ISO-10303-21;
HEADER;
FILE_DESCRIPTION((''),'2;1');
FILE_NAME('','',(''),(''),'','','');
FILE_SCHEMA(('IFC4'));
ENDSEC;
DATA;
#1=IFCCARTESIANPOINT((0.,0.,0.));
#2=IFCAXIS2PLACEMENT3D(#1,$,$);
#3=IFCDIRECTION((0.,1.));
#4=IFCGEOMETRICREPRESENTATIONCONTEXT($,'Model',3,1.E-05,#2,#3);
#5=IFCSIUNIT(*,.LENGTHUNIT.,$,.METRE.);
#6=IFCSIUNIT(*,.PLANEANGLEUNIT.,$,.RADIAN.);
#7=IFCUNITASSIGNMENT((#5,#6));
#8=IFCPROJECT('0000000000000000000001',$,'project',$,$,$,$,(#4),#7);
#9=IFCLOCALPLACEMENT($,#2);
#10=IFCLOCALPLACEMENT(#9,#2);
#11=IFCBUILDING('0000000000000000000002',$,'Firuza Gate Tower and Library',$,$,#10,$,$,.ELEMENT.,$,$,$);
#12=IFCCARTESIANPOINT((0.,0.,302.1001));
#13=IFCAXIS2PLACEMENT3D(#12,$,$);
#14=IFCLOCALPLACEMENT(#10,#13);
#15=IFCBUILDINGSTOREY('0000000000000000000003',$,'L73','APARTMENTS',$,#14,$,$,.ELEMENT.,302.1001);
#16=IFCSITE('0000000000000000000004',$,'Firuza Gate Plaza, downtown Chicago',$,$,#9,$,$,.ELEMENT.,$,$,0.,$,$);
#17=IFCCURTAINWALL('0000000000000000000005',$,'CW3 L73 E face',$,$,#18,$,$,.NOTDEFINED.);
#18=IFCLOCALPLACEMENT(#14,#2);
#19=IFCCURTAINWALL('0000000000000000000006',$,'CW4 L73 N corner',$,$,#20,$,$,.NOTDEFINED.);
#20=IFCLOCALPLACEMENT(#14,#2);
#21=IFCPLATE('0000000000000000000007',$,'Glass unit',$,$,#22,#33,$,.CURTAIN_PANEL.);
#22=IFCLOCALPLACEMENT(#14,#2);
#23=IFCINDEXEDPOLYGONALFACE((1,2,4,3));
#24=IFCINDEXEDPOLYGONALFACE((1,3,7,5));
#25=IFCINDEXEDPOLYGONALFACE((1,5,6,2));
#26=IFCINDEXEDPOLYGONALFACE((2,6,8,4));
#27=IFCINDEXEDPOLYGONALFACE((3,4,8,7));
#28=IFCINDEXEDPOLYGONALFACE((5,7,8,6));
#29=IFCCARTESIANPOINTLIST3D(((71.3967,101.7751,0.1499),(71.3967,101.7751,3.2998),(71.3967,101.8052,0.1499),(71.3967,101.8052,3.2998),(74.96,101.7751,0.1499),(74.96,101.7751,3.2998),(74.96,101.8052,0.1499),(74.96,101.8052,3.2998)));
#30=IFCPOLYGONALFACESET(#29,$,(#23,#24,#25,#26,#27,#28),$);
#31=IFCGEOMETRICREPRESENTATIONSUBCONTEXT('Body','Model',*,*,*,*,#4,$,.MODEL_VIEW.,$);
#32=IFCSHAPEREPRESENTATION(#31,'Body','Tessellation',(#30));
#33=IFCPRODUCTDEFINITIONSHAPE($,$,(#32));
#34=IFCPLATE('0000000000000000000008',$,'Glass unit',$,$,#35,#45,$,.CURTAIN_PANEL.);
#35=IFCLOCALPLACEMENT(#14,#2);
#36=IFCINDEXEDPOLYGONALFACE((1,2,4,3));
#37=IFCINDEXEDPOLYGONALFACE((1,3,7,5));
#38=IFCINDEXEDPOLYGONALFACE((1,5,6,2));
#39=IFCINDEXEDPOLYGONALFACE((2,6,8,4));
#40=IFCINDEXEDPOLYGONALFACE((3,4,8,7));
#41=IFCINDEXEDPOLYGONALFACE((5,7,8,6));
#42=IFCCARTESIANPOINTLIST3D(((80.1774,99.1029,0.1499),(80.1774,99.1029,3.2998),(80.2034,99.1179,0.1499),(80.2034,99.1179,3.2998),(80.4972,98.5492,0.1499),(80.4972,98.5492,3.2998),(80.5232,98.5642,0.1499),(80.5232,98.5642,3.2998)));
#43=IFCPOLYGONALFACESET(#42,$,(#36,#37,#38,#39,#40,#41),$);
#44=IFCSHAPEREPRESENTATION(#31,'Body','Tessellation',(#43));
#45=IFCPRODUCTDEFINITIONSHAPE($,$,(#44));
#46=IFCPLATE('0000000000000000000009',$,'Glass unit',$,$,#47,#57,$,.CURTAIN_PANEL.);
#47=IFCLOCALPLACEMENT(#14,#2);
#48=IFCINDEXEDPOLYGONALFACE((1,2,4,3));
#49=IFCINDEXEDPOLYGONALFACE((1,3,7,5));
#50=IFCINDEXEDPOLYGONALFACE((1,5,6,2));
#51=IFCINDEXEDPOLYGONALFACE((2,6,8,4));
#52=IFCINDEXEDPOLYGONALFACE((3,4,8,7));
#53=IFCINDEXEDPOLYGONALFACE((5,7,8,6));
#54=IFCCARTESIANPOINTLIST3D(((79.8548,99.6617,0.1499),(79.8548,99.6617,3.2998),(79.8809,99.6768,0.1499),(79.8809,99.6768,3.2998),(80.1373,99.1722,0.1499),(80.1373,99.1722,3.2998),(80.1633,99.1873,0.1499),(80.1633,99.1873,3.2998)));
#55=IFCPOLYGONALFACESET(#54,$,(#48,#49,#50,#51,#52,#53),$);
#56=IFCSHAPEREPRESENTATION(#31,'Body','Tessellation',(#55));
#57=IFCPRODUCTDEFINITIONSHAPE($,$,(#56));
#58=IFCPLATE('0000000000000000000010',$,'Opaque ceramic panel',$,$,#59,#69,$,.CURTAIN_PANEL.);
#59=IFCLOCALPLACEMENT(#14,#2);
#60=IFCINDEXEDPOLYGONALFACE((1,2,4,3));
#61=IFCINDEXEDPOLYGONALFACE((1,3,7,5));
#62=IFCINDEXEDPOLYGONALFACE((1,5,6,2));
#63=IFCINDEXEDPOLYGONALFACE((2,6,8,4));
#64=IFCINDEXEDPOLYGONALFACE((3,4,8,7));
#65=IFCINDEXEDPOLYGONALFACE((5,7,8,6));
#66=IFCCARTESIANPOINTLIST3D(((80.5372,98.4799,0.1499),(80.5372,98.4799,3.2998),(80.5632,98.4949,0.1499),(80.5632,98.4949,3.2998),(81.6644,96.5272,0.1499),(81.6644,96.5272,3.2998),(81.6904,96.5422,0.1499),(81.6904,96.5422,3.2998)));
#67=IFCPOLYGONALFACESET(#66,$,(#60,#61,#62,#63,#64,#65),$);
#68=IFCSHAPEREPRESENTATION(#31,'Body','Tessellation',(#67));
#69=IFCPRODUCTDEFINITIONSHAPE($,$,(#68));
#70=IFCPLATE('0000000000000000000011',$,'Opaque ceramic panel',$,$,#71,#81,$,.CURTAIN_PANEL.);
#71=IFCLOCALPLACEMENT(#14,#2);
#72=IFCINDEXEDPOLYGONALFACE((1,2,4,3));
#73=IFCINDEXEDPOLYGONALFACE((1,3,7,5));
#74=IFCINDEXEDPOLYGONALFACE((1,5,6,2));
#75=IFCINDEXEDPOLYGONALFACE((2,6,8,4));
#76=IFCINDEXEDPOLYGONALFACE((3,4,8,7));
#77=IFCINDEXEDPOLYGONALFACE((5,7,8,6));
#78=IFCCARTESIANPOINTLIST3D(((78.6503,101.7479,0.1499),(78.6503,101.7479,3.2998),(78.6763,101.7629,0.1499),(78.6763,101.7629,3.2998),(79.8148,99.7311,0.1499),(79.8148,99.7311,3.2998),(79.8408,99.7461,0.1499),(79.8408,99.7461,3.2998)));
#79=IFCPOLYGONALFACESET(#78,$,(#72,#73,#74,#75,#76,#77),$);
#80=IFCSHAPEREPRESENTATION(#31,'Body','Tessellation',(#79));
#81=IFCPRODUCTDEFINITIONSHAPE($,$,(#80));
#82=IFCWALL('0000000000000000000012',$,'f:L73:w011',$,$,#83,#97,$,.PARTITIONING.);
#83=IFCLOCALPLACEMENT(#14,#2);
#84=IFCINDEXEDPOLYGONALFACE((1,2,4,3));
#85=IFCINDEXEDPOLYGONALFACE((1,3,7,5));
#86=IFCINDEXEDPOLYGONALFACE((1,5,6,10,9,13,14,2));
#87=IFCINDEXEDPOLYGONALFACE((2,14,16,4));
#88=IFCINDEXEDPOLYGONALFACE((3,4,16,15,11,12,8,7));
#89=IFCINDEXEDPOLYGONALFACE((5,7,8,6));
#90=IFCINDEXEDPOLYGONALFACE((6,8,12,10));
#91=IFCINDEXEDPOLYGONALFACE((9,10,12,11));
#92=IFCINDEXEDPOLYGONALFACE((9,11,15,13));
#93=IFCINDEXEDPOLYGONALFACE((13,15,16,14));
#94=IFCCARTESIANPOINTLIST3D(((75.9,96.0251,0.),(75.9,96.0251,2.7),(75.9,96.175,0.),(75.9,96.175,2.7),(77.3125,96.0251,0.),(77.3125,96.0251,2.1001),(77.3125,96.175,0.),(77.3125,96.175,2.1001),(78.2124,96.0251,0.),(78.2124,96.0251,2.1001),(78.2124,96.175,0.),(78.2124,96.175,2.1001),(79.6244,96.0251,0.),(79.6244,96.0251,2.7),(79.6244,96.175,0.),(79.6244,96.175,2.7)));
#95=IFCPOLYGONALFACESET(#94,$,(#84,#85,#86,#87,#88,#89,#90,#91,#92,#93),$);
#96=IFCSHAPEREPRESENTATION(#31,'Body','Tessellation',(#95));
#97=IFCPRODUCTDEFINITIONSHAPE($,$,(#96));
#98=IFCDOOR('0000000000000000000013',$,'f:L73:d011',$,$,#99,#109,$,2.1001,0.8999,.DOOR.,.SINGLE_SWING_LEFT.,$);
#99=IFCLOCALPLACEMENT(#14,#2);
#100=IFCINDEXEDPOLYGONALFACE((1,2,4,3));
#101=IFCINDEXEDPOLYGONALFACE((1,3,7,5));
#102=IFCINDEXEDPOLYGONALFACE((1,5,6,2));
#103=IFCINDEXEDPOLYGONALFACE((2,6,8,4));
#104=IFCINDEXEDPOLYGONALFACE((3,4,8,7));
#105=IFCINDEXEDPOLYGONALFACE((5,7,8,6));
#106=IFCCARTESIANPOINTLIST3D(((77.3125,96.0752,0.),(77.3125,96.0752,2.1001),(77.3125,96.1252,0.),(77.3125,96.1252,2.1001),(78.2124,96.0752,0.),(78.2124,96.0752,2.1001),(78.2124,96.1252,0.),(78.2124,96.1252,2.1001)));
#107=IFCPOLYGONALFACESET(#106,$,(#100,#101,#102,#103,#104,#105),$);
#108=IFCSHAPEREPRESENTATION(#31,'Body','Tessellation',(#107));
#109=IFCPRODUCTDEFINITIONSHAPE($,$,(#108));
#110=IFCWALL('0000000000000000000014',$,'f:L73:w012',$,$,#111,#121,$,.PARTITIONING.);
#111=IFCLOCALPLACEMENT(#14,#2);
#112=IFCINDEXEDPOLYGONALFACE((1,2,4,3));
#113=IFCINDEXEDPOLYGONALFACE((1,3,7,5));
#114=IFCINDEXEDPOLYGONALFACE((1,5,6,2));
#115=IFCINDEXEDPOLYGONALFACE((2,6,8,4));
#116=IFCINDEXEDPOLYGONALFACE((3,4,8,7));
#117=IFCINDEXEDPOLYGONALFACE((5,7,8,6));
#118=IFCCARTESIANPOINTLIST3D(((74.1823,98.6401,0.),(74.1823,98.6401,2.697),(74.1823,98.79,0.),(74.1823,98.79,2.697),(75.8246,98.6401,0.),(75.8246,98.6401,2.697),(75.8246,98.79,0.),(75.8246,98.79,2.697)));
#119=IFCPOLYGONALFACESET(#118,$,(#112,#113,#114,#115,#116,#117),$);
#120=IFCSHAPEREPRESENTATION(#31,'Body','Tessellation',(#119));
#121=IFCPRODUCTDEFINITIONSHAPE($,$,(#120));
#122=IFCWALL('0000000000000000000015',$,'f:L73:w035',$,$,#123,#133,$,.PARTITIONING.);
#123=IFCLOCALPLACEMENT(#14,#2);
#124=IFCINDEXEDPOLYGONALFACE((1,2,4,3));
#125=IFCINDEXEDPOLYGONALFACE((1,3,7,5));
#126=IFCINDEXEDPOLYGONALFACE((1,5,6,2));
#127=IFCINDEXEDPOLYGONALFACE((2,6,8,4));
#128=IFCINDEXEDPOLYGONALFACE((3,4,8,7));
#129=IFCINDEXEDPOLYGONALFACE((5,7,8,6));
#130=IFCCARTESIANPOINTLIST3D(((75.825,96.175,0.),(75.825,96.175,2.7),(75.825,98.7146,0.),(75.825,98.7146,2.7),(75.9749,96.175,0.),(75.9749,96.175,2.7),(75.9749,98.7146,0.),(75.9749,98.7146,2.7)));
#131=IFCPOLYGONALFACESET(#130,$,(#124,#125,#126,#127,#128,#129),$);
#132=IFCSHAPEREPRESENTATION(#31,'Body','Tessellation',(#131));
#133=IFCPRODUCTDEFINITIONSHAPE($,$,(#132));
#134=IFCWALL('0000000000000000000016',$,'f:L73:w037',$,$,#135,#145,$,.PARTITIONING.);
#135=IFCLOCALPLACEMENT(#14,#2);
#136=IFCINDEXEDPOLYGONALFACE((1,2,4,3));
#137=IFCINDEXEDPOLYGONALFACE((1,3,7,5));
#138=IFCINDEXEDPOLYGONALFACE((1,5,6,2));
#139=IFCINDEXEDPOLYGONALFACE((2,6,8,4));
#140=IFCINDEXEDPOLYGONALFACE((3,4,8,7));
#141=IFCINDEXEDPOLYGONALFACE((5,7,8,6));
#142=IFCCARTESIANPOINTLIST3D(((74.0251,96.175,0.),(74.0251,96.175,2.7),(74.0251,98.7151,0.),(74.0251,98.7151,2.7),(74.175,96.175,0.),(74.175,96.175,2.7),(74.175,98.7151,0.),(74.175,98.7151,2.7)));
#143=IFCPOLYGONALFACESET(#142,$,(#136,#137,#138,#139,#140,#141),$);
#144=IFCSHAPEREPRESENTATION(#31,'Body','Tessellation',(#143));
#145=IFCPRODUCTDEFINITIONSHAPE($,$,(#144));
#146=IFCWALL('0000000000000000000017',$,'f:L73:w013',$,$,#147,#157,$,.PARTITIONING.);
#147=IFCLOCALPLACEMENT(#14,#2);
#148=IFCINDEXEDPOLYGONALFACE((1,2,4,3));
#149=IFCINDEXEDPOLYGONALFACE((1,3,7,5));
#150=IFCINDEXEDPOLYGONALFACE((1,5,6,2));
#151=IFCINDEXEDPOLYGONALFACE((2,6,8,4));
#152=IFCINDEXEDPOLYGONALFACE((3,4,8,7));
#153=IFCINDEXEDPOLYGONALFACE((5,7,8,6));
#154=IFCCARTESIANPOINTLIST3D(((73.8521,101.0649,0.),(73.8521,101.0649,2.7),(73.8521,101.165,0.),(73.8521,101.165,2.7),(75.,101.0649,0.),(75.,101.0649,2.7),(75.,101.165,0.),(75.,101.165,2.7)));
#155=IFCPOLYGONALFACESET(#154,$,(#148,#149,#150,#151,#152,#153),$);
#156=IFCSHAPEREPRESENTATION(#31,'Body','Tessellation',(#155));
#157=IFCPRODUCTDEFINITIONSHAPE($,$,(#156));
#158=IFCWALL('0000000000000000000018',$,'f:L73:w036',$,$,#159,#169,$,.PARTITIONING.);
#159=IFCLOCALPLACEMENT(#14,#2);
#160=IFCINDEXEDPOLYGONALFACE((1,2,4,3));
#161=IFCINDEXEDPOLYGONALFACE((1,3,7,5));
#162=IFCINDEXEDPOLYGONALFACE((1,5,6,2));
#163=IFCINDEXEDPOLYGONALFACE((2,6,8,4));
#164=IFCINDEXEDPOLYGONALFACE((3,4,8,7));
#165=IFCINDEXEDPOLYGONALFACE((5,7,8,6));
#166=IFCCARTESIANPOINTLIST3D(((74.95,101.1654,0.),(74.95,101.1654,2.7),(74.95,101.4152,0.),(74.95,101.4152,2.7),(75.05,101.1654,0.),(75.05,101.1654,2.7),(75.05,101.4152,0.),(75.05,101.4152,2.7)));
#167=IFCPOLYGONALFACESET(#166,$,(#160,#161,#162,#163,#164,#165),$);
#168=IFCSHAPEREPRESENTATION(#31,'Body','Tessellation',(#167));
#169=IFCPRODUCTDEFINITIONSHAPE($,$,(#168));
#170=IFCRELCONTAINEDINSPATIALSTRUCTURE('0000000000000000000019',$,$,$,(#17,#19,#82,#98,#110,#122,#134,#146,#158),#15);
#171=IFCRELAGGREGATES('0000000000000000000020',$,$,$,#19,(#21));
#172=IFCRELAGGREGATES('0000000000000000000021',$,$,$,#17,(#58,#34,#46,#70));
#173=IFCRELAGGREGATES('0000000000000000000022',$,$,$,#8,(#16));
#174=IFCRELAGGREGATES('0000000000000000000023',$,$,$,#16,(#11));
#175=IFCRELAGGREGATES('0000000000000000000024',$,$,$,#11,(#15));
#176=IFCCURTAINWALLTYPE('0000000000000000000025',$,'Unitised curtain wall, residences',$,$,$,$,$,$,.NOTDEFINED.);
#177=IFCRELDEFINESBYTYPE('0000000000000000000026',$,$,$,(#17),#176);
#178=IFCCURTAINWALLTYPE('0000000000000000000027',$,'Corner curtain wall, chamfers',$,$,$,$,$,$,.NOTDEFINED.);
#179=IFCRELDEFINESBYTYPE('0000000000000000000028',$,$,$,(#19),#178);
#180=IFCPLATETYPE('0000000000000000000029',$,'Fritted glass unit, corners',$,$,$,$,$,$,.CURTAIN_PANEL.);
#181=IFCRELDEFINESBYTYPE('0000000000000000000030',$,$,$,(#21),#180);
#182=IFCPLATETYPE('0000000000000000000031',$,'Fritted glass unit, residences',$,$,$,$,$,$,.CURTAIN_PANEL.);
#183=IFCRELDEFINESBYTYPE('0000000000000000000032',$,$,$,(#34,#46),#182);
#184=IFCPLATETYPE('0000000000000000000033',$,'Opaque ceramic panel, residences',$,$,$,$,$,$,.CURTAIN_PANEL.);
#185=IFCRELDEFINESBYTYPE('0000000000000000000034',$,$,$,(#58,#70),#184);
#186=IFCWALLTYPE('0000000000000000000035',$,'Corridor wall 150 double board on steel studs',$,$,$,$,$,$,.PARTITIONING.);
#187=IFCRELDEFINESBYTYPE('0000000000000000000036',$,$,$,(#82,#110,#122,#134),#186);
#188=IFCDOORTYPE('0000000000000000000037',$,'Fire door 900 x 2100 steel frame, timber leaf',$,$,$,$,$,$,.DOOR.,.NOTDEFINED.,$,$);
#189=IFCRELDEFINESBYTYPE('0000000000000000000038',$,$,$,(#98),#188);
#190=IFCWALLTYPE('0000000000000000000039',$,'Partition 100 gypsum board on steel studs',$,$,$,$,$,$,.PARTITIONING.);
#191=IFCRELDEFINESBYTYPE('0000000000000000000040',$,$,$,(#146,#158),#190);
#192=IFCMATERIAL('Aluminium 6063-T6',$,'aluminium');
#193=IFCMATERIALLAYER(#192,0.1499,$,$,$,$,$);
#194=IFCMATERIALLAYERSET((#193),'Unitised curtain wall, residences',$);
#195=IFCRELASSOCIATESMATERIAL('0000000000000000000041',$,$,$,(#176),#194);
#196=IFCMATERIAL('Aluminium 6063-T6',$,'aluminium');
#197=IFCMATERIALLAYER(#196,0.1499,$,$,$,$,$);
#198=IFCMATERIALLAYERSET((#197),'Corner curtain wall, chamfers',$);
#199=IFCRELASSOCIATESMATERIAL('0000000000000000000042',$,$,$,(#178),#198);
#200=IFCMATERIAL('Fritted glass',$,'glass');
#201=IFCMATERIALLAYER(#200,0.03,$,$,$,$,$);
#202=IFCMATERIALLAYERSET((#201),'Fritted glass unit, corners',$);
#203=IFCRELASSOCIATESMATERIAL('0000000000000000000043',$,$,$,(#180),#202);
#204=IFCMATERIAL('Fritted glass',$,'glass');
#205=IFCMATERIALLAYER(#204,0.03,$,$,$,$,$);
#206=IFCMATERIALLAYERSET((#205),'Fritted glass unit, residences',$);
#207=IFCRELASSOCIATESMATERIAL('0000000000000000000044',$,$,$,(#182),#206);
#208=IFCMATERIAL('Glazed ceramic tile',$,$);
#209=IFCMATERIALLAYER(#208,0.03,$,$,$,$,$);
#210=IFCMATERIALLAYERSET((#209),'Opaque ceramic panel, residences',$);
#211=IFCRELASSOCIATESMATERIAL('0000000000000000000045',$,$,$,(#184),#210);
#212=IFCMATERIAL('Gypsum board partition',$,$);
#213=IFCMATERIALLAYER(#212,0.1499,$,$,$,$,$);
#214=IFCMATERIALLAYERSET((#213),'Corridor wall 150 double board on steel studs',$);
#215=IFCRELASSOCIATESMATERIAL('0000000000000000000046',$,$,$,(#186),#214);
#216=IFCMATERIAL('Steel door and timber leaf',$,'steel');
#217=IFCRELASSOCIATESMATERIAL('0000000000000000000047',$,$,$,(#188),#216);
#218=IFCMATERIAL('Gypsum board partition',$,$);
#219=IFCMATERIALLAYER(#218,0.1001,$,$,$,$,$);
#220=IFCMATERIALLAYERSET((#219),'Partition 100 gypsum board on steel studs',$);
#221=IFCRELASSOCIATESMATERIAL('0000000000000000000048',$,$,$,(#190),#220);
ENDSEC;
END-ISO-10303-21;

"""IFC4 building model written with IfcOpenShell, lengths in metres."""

from ifc_helpers import new_model, si_unit, direction, frame, frame_2d, origin, place, context, subcontext, project, spatial, polyline, rectangle, outline, extrude, material, layer, layer_set, type_object, element, fill, aggregate, save


model = new_model("IFC4")

# Units and contexts
model_context = context("Model", 3, precision=1e-05, world=origin(), true_north=direction((0.0, 1.0)))
body_context = subcontext(model_context, "Body", "Model", "MODEL_VIEW")
ifc_project = project(units=[si_unit("LENGTHUNIT", "METRE"), si_unit("PLANEANGLEUNIT", "RADIAN")], contexts=[model_context])

# Site, building, storey
site_placement = place(None, origin())
site = spatial("IfcSite", under=ifc_project, at=site_placement, Name="Firuza Gate Plaza, downtown Chicago", CompositionType="ELEMENT", RefElevation=0.0)
building_placement = place(site_placement, origin())
building = spatial("IfcBuilding", under=site, at=building_placement, Name="Firuza Gate Tower and Library", CompositionType="ELEMENT")
storey_placement = place(building_placement, frame((0.0, 0.0, 302.1001)))
storey = spatial("IfcBuildingStorey", under=building, at=storey_placement, Name="L73", Description="APARTMENTS", CompositionType="ELEMENT", Elevation=302.1001)

# Curtain walls
ifc_material_1 = material(Name="Aluminium 6063-T6", Category="aluminium")
ifc_layer_1 = layer(ifc_material_1, 0.1499)
ifc_layer_set_1 = layer_set([ifc_layer_1], Name="Unitised curtain wall, residences")
curtain_wall_type_1 = type_object("IfcCurtainWallType", Name="Unitised curtain wall, residences", PredefinedType="NOTDEFINED", material=ifc_layer_set_1)
placement = place(storey_placement, origin())
curtain_wall_1 = element("IfcCurtainWall", 1, at=placement, inside=storey, type_object=curtain_wall_type_1, Name="CW3 L73 E face", PredefinedType="NOTDEFINED")
ifc_material_2 = material(Name="Aluminium 6063-T6", Category="aluminium")
ifc_layer_2 = layer(ifc_material_2, 0.1499)
ifc_layer_set_2 = layer_set([ifc_layer_2], Name="Corner curtain wall, chamfers")
curtain_wall_type_2 = type_object("IfcCurtainWallType", Name="Corner curtain wall, chamfers", PredefinedType="NOTDEFINED", material=ifc_layer_set_2)
curtain_wall_2 = element("IfcCurtainWall", 2, at=placement, inside=storey, type_object=curtain_wall_type_2, Name="CW4 L73 N corner", PredefinedType="NOTDEFINED")

# Plates
ifc_material_3 = material(Name="Fritted glass", Category="glass")
ifc_layer_3 = layer(ifc_material_3, 0.03)
ifc_layer_set_3 = layer_set([ifc_layer_3], Name="Fritted glass unit, corners")
plate_type_1 = type_object("IfcPlateType", Name="Fritted glass unit, corners", PredefinedType="CURTAIN_PANEL", material=ifc_layer_set_3)
plate_1_placement = place(storey_placement, frame((74.96, 101.8052, 0.1499), z_axis=(0.0, 1.0, 0.0), x_axis=(-1.0, 0.0, 0.0)))
plate_1 = element("IfcPlate", 3, at=plate_1_placement, type_object=plate_type_1, Name="Glass unit", PredefinedType="CURTAIN_PANEL", context=body_context, shape_type="SweptSolid", body=[
    extrude(outline(polyline([(0.0, 0.0), (3.5632, 0.0), (3.5632, 3.1499), (0.0, 3.1499), (0.0, 0.0)])), origin(), (0.0, 0.0, -1.0), 0.03),
])
aggregate(curtain_wall_2, [plate_1])
ifc_material_4 = material(Name="Fritted glass", Category="glass")
ifc_layer_4 = layer(ifc_material_4, 0.03)
ifc_layer_set_4 = layer_set([ifc_layer_4], Name="Fritted glass unit, residences")
plate_type_2 = type_object("IfcPlateType", Name="Fritted glass unit, residences", PredefinedType="CURTAIN_PANEL", material=ifc_layer_set_4)
plate_2_placement = place(storey_placement, frame((80.5232, 98.5642, 0.1499), z_axis=(0.865931, 0.500163, 0.0), x_axis=(-0.500163, 0.865931, 0.0)))
plate_2 = element("IfcPlate", 4, at=plate_2_placement, type_object=plate_type_2, Name="Glass unit", PredefinedType="CURTAIN_PANEL", context=body_context, shape_type="SweptSolid", body=[
    extrude(outline(polyline([(0.0, 0.0), (0.6394, 0.0), (0.6394, 3.1499), (0.0, 3.1499), (0.0, 0.0)])), origin(), (0.0, 0.0, -1.0), 0.03),
])
plate_3_placement = place(storey_placement, frame((80.1633, 99.1873, 0.1499), z_axis=(0.866135, 0.49981, 0.0), x_axis=(-0.49981, 0.866135, 0.0)))
plate_3 = element("IfcPlate", 5, at=plate_3_placement, type_object=plate_type_2, Name="Glass unit", PredefinedType="CURTAIN_PANEL", context=body_context, shape_type="SweptSolid", body=[
    extrude(outline(polyline([(0.0, 0.0), (0.5652, 0.0), (0.5652, 3.1499), (0.0, 3.1499), (0.0, 0.0)])), origin(), (0.0, 0.0, -1.0), 0.03),
])
ifc_material_5 = material(Name="Glazed ceramic tile")
ifc_layer_5 = layer(ifc_material_5, 0.03)
ifc_layer_set_5 = layer_set([ifc_layer_5], Name="Opaque ceramic panel, residences")
plate_type_3 = type_object("IfcPlateType", Name="Opaque ceramic panel, residences", PredefinedType="CURTAIN_PANEL", material=ifc_layer_set_5)
plate_4_placement = place(storey_placement, frame((81.6904, 96.5422, 0.1499), z_axis=(0.866056, 0.499947, 0.0), x_axis=(-0.499947, 0.866056, 0.0)))
plate_4 = element("IfcPlate", 6, at=plate_4_placement, type_object=plate_type_3, Name="Opaque ceramic panel", PredefinedType="CURTAIN_PANEL", context=body_context, shape_type="SweptSolid", body=[
    extrude(outline(polyline([(0.0, 0.0), (2.2546, 0.0), (2.2546, 3.1499), (0.0, 3.1499), (0.0, 0.0)])), origin(), (0.0, 0.0, -1.0), 0.03),
])
plate_5_placement = place(storey_placement, frame((79.8408, 99.7461, 0.1499), z_axis=(0.866002, 0.50004, 0.0), x_axis=(-0.50004, 0.866002, 0.0)))
plate_5 = element("IfcPlate", 7, at=plate_5_placement, type_object=plate_type_3, Name="Opaque ceramic panel", PredefinedType="CURTAIN_PANEL", context=body_context, shape_type="SweptSolid", body=[
    extrude(outline(polyline([(0.0, 0.0), (2.3289, 0.0), (2.3289, 3.1499), (0.0, 3.1499), (0.0, 0.0)])), origin(), (0.0, 0.0, -1.0), 0.03),
])
aggregate(curtain_wall_1, [plate_4, plate_2, plate_3, plate_5])

# Wall, opening, door
ifc_material_6 = material(Name="Gypsum board partition")
ifc_layer_6 = layer(ifc_material_6, 0.1499)
ifc_layer_set_6 = layer_set([ifc_layer_6], Name="Corridor wall 150 double board on steel studs")
wall_type_1 = type_object("IfcWallType", Name="Corridor wall 150 double board on steel studs", PredefinedType="PARTITIONING", material=ifc_layer_set_6)
wall_1_placement = place(storey_placement, frame((79.6245, 96.1001, 0.0), z_axis=(0.0, 0.0, 1.0), x_axis=(-1.0, 0.0, 0.0)))
wall_1 = element("IfcWall", 8, at=wall_1_placement, inside=storey, type_object=wall_type_1, Name="f:L73:w011", PredefinedType="PARTITIONING", context=body_context, shape_type="SweptSolid", body=[
    extrude(rectangle(XDim=3.7244, YDim=0.1499, at=frame_2d((1.8623, 0.0))), origin(), (0.0, 0.0, 1.0), 2.7),
])
opening_placement = place(wall_1_placement, frame((1.4121, 0.0, 0.0)))
opening = element("IfcOpeningElement", 9, at=opening_placement, cuts=wall_1, PredefinedType="OPENING", context=body_context, shape_type="SweptSolid", body=[
    extrude(rectangle(XDim=0.8999, YDim=2.1001, at=frame_2d((0.45, 1.05))), frame((0.0, 0.085, 0.0), z_axis=(0.0, -1.0, 0.0), x_axis=(1.0, 0.0, 0.0)), (0.0, 0.0, 1.0), 0.1699),
])
ifc_material_7 = material(Name="Steel door and timber leaf", Category="steel")
door_type = type_object("IfcDoorType", Name="Fire door 900 x 2100 steel frame, timber leaf", OperationType="NOTDEFINED", PredefinedType="DOOR", material=ifc_material_7)
door_placement = place(opening_placement, origin())
door = element("IfcDoor", 10, at=door_placement, inside=storey, type_object=door_type, Name="f:L73:d011", OperationType="SINGLE_SWING_LEFT", OverallHeight=2.1001, OverallWidth=0.8999, PredefinedType="DOOR", context=body_context, shape_type="SweptSolid", body=[
    extrude(rectangle(XDim=0.8999, YDim=2.1001, at=frame_2d((0.45, 1.05))), frame((0.0, 0.0249, 0.0), z_axis=(0.0, -1.0, 0.0), x_axis=(1.0, 0.0, 0.0)), (0.0, 0.0, 1.0), 0.05),
])
fill(opening, door)

# Walls
wall_2_placement = place(storey_placement, frame((74.1821, 98.7151, 0.0), z_axis=(0.0, 0.0, 1.0), x_axis=(1.0, 0.0, 0.0)))
element("IfcWall", 11, at=wall_2_placement, inside=storey, type_object=wall_type_1, Name="f:L73:w012", PredefinedType="PARTITIONING", context=body_context, shape_type="SweptSolid", body=[
    extrude(rectangle(XDim=1.6423, YDim=0.1499, at=frame_2d((0.8213, 0.0))), origin(), (0.0, 0.0, 1.0), 2.697),
])
wall_3_placement = place(storey_placement, frame((75.8999, 96.175, 0.0), z_axis=(0.0, 0.0, 1.0), x_axis=(0.0, 1.0, 0.0)))
element("IfcWall", 12, at=wall_3_placement, inside=storey, type_object=wall_type_1, Name="f:L73:w035", PredefinedType="PARTITIONING", context=body_context, shape_type="SweptSolid", body=[
    extrude(rectangle(XDim=2.5396, YDim=0.1499, at=frame_2d((1.2698, 0.0))), origin(), (0.0, 0.0, 1.0), 2.7),
])
wall_4_placement = place(storey_placement, frame((74.1001, 96.175, 0.0), z_axis=(0.0, 0.0, 1.0), x_axis=(0.0, 1.0, 0.0)))
element("IfcWall", 13, at=wall_4_placement, inside=storey, type_object=wall_type_1, Name="f:L73:w037", PredefinedType="PARTITIONING", context=body_context, shape_type="SweptSolid", body=[
    extrude(rectangle(XDim=2.54, YDim=0.1499, at=frame_2d((1.27, 0.0))), origin(), (0.0, 0.0, 1.0), 2.7),
])
ifc_material_8 = material(Name="Gypsum board partition")
ifc_layer_7 = layer(ifc_material_8, 0.1001)
ifc_layer_set_7 = layer_set([ifc_layer_7], Name="Partition 100 gypsum board on steel studs")
wall_type_2 = type_object("IfcWallType", Name="Partition 100 gypsum board on steel studs", PredefinedType="PARTITIONING", material=ifc_layer_set_7)
wall_5_placement = place(storey_placement, frame((73.8521, 101.115, 0.0), z_axis=(0.0, 0.0, 1.0), x_axis=(1.0, 0.0, 0.0)))
element("IfcWall", 14, at=wall_5_placement, inside=storey, type_object=wall_type_2, Name="f:L73:w013", PredefinedType="PARTITIONING", context=body_context, shape_type="SweptSolid", body=[
    extrude(rectangle(XDim=1.1479, YDim=0.1001, at=frame_2d((0.574, 0.0))), origin(), (0.0, 0.0, 1.0), 2.7),
])
wall_6_placement = place(storey_placement, frame((75.0, 101.1653, 0.0), z_axis=(0.0, 0.0, 1.0), x_axis=(0.0, 1.0, 0.0)))
element("IfcWall", 15, at=wall_6_placement, inside=storey, type_object=wall_type_2, Name="f:L73:w036", PredefinedType="PARTITIONING", context=body_context, shape_type="SweptSolid", body=[
    extrude(rectangle(XDim=0.2498, YDim=0.1001, at=frame_2d((0.125, 0.0))), origin(), (0.0, 0.0, 1.0), 2.7),
])

save(model, "model.ifc")
